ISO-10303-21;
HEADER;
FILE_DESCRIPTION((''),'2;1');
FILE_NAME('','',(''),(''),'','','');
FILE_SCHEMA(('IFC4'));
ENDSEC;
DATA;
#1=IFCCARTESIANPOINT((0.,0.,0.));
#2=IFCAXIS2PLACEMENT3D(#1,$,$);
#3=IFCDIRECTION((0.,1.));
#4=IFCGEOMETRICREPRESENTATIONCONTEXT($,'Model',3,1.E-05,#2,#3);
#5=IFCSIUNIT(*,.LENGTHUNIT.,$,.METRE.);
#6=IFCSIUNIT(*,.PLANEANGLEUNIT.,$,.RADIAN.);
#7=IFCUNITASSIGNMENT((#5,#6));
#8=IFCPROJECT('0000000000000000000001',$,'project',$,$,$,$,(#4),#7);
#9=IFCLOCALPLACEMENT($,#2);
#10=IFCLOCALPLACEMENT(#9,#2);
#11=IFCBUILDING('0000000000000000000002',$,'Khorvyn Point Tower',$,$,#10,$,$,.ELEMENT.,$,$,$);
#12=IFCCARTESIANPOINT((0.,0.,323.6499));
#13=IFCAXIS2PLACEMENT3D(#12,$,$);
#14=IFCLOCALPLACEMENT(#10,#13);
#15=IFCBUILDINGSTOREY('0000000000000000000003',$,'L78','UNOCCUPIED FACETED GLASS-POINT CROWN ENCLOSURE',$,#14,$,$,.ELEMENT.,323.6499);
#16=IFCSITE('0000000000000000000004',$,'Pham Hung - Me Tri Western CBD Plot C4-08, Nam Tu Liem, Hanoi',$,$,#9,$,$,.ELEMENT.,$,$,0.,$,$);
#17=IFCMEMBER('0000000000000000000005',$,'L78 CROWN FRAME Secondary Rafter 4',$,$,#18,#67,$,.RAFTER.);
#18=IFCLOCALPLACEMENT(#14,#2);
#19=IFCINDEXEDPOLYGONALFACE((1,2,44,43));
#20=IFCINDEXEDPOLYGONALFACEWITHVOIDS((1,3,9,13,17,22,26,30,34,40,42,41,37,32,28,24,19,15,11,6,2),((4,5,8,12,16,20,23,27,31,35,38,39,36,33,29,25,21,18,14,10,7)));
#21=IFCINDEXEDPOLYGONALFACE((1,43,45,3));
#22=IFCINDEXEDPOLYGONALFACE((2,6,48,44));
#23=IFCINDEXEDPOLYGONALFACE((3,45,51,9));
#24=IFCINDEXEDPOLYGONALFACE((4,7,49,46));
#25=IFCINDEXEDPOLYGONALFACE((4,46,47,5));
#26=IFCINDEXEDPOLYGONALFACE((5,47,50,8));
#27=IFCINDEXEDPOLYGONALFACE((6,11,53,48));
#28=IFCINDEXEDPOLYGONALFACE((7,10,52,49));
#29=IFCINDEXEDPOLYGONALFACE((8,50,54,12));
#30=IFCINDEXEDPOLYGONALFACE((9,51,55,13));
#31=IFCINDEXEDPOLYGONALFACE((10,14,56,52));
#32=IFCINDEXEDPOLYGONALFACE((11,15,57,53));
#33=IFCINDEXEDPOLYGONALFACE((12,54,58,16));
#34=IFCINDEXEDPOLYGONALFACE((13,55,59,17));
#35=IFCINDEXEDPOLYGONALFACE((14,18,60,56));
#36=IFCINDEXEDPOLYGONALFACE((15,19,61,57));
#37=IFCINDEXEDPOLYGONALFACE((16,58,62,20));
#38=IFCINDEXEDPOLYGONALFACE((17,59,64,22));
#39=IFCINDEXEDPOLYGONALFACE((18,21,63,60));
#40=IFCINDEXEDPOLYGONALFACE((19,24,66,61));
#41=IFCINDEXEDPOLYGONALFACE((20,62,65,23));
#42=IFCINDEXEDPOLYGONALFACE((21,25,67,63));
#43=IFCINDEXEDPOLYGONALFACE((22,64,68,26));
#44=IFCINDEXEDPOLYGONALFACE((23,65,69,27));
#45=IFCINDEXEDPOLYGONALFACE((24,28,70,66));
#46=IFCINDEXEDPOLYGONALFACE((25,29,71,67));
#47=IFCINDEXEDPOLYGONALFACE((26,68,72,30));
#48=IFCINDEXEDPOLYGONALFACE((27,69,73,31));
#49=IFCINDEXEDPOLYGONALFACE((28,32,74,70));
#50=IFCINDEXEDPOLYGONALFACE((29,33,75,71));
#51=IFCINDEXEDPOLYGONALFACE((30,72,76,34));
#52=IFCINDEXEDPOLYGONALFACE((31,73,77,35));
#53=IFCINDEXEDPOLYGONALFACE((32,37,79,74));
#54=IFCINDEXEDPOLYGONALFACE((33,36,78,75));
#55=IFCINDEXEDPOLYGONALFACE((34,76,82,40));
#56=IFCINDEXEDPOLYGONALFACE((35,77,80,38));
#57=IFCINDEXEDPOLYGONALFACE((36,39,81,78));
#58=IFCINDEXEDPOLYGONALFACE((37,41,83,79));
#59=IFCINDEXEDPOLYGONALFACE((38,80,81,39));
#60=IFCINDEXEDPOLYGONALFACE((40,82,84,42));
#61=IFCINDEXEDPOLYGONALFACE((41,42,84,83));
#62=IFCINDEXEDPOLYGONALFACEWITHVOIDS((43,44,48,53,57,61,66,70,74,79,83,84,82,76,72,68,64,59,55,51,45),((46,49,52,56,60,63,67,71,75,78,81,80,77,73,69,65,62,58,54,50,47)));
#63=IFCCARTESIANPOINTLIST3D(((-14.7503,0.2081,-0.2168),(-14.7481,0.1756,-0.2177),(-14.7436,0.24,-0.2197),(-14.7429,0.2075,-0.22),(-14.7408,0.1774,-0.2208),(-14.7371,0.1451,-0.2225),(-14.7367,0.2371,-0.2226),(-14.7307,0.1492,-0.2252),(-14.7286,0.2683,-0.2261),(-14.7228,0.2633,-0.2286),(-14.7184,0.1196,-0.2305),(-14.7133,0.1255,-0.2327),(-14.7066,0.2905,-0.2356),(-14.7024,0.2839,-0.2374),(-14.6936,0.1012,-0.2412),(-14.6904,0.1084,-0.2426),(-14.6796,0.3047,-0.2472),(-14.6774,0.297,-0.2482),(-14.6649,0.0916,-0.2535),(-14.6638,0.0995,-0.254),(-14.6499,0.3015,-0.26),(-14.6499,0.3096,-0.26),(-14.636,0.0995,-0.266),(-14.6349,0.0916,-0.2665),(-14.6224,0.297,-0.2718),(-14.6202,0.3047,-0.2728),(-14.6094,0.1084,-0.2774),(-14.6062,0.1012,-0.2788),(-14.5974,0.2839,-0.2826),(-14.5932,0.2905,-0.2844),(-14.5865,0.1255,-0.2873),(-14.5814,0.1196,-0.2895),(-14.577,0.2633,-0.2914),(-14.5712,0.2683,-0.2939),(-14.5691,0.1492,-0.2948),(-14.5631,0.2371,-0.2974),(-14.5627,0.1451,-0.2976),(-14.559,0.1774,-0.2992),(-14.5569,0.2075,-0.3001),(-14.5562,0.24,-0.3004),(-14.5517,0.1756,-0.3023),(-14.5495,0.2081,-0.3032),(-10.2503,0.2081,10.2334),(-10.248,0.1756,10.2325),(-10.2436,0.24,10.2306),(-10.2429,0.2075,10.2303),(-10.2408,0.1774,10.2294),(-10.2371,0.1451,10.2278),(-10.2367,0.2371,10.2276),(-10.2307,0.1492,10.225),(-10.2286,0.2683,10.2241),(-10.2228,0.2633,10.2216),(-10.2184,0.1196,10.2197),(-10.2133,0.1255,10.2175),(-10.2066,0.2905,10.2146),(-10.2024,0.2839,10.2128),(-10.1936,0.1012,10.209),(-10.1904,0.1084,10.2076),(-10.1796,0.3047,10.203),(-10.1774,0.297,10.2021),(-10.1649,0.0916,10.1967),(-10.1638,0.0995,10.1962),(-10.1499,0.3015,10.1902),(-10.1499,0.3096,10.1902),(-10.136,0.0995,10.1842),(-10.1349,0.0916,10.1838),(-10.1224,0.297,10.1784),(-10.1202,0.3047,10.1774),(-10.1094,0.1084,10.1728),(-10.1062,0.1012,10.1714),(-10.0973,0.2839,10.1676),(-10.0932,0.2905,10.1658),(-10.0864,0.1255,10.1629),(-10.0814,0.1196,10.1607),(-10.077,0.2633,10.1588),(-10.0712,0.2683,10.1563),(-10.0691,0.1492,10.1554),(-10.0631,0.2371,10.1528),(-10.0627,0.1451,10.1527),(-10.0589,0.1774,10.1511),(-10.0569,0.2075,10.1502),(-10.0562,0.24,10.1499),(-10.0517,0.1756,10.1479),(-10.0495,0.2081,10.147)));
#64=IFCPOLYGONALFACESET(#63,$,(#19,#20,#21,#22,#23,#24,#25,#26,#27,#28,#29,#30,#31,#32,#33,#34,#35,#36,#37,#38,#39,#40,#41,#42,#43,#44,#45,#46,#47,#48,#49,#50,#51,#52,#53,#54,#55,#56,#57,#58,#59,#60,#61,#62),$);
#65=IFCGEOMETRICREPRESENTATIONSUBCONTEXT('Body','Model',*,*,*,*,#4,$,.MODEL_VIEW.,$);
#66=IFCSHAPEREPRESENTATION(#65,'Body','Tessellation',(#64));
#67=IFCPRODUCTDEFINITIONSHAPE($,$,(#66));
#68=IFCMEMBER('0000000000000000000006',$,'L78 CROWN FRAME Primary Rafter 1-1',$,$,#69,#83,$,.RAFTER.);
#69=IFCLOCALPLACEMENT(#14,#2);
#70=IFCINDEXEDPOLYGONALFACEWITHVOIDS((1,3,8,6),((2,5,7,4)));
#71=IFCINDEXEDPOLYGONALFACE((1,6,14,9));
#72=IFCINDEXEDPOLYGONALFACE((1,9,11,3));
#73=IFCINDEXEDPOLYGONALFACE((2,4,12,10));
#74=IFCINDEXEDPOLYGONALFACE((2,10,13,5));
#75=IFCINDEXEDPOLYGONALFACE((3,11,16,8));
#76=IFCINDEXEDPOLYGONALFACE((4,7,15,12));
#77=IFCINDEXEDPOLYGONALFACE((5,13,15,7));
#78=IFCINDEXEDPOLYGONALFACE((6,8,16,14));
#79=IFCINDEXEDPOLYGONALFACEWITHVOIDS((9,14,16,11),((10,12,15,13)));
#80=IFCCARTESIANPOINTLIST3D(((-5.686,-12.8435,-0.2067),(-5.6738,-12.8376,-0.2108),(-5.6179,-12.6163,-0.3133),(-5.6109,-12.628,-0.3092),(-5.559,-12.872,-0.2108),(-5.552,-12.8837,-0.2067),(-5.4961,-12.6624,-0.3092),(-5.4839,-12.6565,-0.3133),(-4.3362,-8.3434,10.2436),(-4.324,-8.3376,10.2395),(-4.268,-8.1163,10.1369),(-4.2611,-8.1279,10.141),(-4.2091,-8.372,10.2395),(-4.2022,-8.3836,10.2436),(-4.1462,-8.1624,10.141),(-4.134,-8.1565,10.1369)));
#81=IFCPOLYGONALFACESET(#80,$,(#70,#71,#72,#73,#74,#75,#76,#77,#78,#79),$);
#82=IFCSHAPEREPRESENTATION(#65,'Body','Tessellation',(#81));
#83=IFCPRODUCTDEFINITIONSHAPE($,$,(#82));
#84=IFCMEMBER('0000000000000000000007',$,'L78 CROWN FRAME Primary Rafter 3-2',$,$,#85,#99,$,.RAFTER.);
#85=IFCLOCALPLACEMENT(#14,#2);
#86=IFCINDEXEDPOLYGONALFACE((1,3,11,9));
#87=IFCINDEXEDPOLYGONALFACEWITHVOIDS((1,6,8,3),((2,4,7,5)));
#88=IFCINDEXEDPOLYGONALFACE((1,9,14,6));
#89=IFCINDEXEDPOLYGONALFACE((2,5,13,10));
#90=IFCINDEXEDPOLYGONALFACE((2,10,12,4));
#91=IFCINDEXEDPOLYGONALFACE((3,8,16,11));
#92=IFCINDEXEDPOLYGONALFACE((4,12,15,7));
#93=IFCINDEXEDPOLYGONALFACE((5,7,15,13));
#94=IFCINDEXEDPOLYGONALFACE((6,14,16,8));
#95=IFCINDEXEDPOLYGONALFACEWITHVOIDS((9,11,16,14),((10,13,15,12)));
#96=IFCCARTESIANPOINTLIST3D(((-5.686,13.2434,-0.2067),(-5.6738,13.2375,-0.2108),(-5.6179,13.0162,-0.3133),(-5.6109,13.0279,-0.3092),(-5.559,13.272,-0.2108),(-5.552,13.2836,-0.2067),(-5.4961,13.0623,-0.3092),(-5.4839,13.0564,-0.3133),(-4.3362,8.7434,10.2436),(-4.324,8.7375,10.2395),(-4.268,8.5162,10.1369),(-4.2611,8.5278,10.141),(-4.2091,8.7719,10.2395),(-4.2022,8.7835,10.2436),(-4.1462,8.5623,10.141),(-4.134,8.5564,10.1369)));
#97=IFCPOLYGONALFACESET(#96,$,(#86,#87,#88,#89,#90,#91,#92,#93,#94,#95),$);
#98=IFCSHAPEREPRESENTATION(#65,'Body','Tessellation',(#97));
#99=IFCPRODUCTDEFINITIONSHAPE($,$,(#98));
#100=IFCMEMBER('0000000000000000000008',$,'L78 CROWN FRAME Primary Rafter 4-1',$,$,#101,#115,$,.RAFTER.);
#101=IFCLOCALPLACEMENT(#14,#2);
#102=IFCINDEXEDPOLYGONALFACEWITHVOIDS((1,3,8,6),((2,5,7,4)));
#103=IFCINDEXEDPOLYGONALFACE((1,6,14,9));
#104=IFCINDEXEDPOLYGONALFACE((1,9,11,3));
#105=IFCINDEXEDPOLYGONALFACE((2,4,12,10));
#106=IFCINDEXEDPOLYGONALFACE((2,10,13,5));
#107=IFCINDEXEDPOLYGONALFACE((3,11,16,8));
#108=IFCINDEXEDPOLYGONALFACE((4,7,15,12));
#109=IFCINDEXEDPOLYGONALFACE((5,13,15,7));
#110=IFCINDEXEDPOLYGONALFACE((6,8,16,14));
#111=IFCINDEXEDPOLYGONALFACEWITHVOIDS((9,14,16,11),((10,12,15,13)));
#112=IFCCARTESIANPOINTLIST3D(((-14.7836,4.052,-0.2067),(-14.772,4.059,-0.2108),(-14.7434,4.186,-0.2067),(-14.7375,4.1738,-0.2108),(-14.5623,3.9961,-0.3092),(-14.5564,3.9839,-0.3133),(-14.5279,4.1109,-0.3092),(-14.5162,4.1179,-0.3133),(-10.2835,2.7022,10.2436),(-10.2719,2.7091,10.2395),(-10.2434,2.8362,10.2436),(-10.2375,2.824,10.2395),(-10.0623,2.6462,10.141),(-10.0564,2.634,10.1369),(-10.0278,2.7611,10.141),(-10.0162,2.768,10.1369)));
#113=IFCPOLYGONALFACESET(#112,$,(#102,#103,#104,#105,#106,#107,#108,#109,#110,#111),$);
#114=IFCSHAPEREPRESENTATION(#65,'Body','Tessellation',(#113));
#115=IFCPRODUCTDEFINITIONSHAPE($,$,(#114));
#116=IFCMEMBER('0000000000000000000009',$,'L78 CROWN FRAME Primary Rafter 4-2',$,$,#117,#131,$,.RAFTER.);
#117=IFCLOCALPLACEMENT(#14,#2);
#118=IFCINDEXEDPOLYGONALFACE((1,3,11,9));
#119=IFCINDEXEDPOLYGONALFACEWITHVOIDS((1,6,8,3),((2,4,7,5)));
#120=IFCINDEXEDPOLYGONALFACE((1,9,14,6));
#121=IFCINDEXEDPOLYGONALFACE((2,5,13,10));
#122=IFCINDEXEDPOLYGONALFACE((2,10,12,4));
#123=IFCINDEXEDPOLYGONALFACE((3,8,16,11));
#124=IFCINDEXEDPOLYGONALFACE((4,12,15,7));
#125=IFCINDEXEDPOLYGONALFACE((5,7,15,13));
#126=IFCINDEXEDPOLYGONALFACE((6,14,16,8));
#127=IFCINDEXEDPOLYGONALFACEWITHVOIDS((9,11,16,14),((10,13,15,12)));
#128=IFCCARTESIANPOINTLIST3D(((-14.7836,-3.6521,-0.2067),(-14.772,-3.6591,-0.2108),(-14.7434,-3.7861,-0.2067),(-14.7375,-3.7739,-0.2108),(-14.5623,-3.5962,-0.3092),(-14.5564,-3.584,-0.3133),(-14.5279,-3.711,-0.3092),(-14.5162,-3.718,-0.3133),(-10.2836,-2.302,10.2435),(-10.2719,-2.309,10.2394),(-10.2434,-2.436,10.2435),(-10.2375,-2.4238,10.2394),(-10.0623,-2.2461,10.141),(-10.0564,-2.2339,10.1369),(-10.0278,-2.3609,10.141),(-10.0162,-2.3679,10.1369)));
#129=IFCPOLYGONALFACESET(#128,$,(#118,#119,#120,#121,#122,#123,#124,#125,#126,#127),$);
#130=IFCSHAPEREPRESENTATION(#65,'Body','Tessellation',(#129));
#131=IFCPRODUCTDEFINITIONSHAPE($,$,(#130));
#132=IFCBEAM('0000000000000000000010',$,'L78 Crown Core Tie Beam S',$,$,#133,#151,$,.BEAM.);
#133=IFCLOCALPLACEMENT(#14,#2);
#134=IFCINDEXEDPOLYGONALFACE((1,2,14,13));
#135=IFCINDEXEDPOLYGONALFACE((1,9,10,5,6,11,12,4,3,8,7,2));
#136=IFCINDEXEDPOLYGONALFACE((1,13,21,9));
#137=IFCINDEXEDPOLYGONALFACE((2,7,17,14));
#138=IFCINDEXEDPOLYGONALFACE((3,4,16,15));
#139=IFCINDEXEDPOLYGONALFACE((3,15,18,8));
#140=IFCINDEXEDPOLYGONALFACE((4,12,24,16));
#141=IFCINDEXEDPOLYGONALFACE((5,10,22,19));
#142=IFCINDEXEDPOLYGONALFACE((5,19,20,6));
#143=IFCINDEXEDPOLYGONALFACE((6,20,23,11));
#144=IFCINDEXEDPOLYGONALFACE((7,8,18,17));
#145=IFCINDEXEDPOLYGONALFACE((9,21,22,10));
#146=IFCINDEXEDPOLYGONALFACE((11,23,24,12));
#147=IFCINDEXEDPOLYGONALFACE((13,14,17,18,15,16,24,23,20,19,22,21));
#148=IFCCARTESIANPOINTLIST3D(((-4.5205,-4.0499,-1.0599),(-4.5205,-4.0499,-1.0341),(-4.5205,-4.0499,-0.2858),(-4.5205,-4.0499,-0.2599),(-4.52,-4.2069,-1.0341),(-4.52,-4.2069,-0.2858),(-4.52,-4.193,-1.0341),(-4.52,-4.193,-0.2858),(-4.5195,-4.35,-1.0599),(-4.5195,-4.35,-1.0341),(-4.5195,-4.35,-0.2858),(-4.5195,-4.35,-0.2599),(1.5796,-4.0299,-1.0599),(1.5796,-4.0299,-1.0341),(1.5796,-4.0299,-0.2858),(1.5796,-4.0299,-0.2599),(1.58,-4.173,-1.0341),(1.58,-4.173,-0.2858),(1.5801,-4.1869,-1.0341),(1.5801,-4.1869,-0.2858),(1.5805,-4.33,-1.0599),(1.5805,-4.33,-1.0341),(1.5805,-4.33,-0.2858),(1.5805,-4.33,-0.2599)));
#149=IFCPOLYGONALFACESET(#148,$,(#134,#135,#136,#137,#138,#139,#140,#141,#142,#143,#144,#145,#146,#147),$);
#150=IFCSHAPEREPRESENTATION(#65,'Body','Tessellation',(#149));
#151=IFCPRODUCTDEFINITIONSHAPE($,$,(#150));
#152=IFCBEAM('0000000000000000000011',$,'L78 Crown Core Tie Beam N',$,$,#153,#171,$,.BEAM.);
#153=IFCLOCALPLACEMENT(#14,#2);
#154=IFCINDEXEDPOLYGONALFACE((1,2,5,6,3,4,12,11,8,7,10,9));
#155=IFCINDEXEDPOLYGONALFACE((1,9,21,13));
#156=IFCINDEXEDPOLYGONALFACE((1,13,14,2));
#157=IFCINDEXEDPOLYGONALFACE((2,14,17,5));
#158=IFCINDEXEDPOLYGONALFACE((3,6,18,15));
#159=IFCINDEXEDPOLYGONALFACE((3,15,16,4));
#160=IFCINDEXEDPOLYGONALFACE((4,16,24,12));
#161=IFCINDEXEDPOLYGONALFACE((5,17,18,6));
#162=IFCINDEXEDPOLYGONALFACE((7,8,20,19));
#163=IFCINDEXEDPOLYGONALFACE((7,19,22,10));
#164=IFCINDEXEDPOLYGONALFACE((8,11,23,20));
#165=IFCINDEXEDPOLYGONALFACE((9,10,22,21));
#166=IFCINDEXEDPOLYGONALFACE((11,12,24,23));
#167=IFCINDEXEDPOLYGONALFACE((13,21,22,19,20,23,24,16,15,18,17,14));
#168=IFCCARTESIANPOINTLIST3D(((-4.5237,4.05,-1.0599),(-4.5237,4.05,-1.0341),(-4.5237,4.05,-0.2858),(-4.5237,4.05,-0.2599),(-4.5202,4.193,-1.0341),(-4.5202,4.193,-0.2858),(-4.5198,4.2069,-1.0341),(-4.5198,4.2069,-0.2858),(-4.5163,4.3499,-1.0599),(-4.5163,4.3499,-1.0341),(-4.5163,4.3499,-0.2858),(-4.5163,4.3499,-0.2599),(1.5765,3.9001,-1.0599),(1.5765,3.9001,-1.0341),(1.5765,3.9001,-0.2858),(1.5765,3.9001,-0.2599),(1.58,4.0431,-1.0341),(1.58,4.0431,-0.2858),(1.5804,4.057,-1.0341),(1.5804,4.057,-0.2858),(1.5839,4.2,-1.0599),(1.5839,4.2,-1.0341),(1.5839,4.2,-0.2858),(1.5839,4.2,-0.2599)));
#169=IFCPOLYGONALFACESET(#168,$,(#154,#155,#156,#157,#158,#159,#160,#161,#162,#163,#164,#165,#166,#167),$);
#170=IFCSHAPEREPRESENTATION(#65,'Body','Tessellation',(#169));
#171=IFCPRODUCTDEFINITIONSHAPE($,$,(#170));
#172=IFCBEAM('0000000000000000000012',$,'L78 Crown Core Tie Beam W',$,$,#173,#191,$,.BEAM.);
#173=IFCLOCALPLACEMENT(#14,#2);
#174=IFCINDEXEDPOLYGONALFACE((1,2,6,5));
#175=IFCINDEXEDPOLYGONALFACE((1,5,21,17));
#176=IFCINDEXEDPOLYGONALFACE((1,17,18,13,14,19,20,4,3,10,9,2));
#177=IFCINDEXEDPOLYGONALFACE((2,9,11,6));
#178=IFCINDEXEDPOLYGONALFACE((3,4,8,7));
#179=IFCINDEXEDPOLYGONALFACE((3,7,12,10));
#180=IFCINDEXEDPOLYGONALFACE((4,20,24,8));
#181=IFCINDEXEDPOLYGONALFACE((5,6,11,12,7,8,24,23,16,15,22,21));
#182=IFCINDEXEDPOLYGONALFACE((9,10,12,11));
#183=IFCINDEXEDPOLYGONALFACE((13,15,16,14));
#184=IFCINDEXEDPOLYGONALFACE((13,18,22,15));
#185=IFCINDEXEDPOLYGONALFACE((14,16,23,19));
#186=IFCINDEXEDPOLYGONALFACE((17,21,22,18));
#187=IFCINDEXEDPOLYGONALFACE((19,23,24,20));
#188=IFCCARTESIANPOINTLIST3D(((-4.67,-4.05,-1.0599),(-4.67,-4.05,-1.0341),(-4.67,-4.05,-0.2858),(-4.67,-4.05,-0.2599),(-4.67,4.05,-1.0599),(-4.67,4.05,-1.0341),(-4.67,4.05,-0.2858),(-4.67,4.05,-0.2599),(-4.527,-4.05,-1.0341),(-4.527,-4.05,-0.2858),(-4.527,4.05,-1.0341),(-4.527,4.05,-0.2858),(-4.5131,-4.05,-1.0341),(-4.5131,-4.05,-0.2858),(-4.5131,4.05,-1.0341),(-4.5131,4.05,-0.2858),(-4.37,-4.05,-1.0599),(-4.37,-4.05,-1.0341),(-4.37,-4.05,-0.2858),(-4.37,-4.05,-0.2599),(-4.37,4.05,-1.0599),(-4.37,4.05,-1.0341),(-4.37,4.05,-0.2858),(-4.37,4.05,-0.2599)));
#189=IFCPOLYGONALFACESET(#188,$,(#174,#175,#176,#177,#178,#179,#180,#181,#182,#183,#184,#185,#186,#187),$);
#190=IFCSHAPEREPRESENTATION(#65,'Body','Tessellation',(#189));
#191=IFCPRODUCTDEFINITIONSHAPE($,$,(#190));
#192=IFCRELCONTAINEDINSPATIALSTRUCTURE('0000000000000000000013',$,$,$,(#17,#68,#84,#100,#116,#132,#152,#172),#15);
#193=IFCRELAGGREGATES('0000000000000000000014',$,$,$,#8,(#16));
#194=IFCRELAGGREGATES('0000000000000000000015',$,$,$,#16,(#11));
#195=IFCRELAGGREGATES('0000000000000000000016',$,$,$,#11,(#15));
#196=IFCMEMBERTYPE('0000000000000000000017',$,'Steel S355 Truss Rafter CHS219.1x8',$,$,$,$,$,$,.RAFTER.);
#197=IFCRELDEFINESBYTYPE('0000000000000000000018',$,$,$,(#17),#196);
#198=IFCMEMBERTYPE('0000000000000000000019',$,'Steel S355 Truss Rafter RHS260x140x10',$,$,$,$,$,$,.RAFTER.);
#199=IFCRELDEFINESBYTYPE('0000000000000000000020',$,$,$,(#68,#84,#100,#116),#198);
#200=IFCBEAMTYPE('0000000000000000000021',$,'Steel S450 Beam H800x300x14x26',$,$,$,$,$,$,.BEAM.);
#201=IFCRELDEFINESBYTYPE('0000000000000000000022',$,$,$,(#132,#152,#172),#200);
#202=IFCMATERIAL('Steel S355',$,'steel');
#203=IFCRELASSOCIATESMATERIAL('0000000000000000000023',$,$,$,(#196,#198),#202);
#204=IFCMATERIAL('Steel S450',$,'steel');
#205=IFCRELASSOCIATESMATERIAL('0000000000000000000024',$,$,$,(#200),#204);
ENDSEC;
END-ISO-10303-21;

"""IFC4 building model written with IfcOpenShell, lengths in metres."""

from ifc_helpers import new_model, si_unit, direction, frame, origin, origin_2d, place, context, subcontext, project, spatial, hollow_rectangle, hollow_circle, i_section, extrude, material, material_profile, profile_set, type_object, element, save


model = new_model("IFC4")

# Units and contexts
model_context = context("Model", 3, precision=1e-05, world=origin(), true_north=direction((0.0, 1.0)))
body_context = subcontext(model_context, "Body", "Model", "MODEL_VIEW")
ifc_project = project(units=[si_unit("LENGTHUNIT", "METRE"), si_unit("PLANEANGLEUNIT", "RADIAN")], contexts=[model_context])

# Site, building, storey
site_placement = place(None, origin())
site = spatial("IfcSite", under=ifc_project, at=site_placement, Name="Pham Hung - Me Tri Western CBD Plot C4-08, Nam Tu Liem, Hanoi", CompositionType="ELEMENT", RefElevation=0.0)
building_placement = place(site_placement, origin())
building = spatial("IfcBuilding", under=site, at=building_placement, Name="Khorvyn Point Tower", CompositionType="ELEMENT")
storey_placement = place(building_placement, frame((0.0, 0.0, 323.6499)))
storey = spatial("IfcBuildingStorey", under=building, at=storey_placement, Name="L78", Description="UNOCCUPIED FACETED GLASS-POINT CROWN ENCLOSURE", CompositionType="ELEMENT", Elevation=323.6499)

# Shared definitions
ifc_material_1 = material(Name="Steel S355", Category="steel")

# Members
ifc_material_profile_1 = material_profile(ifc_material_1, hollow_circle(Radius=0.1096, WallThickness=0.0081, at=origin_2d()))
ifc_profile_set_1 = profile_set([ifc_material_profile_1], Name="Steel S355 CHS219.1x8")
member_type_1 = type_object("IfcMemberType", Name="Steel S355 Truss Rafter CHS219.1x8", PredefinedType="RAFTER", material=ifc_profile_set_1)
member_1_placement = place(storey_placement, frame((-14.6499, 0.2, -0.26), z_axis=(0.395504, 0.0, 0.918464), x_axis=(0.0, 1.0, 0.0)))
element("IfcMember", 1, at=member_1_placement, inside=storey, type_object=member_type_1, Name="L78 CROWN FRAME Secondary Rafter 4", PredefinedType="RAFTER", context=body_context, shape_type="SweptSolid", body=[
    extrude(hollow_circle(Radius=0.1096, WallThickness=0.0081, at=origin_2d()), origin(), (0.0, 0.0, 1.0), 11.3779),
])
ifc_material_profile_2 = material_profile(ifc_material_1, hollow_rectangle(XDim=0.1399, YDim=0.26, WallThickness=0.01, at=origin_2d()))
ifc_profile_set_2 = profile_set([ifc_material_profile_2], Name="Steel S355 RHS260x140x10")
member_type_2 = type_object("IfcMemberType", Name="Steel S355 Truss Rafter RHS260x140x10", PredefinedType="RAFTER", material=ifc_profile_set_2)
for number, where, z_axis, x_axis, name in (
    (2, (-5.585, -12.75, -0.26), (0.117812, 0.392749, 0.912068), (-0.957835, 0.287319, 0.0), "L78 CROWN FRAME Primary Rafter 1-1"),
    (3, (-5.585, 13.1499, -0.26), (0.117812, -0.392749, 0.912068), (0.957835, 0.287319, 0.0), "L78 CROWN FRAME Primary Rafter 3-2"),
    (4, (-14.6499, 4.085, -0.26), (0.392749, -0.117812, 0.912068), (0.287319, 0.957835, 0.0), "L78 CROWN FRAME Primary Rafter 4-1"),
    (5, (-14.6499, -3.6851, -0.26), (0.392748, 0.117833, 0.912066), (-0.287367, 0.957821, 0.0), "L78 CROWN FRAME Primary Rafter 4-2"),
):
    element("IfcMember", number, at=place(storey_placement, frame(where, z_axis=z_axis, x_axis=x_axis)), inside=storey, type_object=member_type_2, Name=name, PredefinedType="RAFTER", context=body_context, shape_type="SweptSolid", body=[
        extrude(hollow_rectangle(XDim=0.1399, YDim=0.26, WallThickness=0.01, at=origin_2d()), origin(), (0.0, 0.0, 1.0), 11.4578),
    ])

# Beams
ifc_material_2 = material(Name="Steel S450", Category="steel")
ifc_material_profile_3 = material_profile(ifc_material_2, i_section(OverallWidth=0.3, OverallDepth=0.8, WebThickness=0.0139, FlangeThickness=0.0259, at=origin_2d()))
ifc_profile_set_3 = profile_set([ifc_material_profile_3], Name="Steel S450 H800x300x14x26")
beam_type_1 = type_object("IfcBeamType", Name="Steel S450 Beam H800x300x14x26", PredefinedType="BEAM", material=ifc_profile_set_3)
beam_1_placement = place(storey_placement, frame((-4.52, -4.2, -0.6599), z_axis=(0.999995, 0.003282, 0.0), x_axis=(-0.003282, 0.999995, 0.0)))
element("IfcBeam", 6, at=beam_1_placement, inside=storey, type_object=beam_type_1, Name="L78 Crown Core Tie Beam S", PredefinedType="BEAM", context=body_context, shape_type="SweptSolid", body=[
    extrude(i_section(OverallWidth=0.3, OverallDepth=0.8, WebThickness=0.0139, FlangeThickness=0.0259, at=origin_2d()), origin(), (0.0, 0.0, 1.0), 6.1001),
])
beam_2_placement = place(storey_placement, frame((-4.52, 4.2, -0.6599), z_axis=(0.999698, -0.024566, 0.0), x_axis=(0.024566, 0.999698, 0.0)))
element("IfcBeam", 7, at=beam_2_placement, inside=storey, type_object=beam_type_1, Name="L78 Crown Core Tie Beam N", PredefinedType="BEAM", context=body_context, shape_type="SweptSolid", body=[
    extrude(i_section(OverallWidth=0.3, OverallDepth=0.8, WebThickness=0.0139, FlangeThickness=0.0259, at=origin_2d()), origin(), (0.0, 0.0, 1.0), 6.1021),
])
beam_3_placement = place(storey_placement, frame((-4.52, -4.05, -0.6599), z_axis=(0.0, 1.0, 0.0), x_axis=(-1.0, 0.0, 0.0)))
element("IfcBeam", 8, at=beam_3_placement, inside=storey, type_object=beam_type_1, Name="L78 Crown Core Tie Beam W", PredefinedType="BEAM", context=body_context, shape_type="SweptSolid", body=[
    extrude(i_section(OverallWidth=0.3, OverallDepth=0.8, WebThickness=0.0139, FlangeThickness=0.0259, at=origin_2d()), origin(), (0.0, 0.0, 1.0), 8.1001),
])

save(model, "model.ifc")
